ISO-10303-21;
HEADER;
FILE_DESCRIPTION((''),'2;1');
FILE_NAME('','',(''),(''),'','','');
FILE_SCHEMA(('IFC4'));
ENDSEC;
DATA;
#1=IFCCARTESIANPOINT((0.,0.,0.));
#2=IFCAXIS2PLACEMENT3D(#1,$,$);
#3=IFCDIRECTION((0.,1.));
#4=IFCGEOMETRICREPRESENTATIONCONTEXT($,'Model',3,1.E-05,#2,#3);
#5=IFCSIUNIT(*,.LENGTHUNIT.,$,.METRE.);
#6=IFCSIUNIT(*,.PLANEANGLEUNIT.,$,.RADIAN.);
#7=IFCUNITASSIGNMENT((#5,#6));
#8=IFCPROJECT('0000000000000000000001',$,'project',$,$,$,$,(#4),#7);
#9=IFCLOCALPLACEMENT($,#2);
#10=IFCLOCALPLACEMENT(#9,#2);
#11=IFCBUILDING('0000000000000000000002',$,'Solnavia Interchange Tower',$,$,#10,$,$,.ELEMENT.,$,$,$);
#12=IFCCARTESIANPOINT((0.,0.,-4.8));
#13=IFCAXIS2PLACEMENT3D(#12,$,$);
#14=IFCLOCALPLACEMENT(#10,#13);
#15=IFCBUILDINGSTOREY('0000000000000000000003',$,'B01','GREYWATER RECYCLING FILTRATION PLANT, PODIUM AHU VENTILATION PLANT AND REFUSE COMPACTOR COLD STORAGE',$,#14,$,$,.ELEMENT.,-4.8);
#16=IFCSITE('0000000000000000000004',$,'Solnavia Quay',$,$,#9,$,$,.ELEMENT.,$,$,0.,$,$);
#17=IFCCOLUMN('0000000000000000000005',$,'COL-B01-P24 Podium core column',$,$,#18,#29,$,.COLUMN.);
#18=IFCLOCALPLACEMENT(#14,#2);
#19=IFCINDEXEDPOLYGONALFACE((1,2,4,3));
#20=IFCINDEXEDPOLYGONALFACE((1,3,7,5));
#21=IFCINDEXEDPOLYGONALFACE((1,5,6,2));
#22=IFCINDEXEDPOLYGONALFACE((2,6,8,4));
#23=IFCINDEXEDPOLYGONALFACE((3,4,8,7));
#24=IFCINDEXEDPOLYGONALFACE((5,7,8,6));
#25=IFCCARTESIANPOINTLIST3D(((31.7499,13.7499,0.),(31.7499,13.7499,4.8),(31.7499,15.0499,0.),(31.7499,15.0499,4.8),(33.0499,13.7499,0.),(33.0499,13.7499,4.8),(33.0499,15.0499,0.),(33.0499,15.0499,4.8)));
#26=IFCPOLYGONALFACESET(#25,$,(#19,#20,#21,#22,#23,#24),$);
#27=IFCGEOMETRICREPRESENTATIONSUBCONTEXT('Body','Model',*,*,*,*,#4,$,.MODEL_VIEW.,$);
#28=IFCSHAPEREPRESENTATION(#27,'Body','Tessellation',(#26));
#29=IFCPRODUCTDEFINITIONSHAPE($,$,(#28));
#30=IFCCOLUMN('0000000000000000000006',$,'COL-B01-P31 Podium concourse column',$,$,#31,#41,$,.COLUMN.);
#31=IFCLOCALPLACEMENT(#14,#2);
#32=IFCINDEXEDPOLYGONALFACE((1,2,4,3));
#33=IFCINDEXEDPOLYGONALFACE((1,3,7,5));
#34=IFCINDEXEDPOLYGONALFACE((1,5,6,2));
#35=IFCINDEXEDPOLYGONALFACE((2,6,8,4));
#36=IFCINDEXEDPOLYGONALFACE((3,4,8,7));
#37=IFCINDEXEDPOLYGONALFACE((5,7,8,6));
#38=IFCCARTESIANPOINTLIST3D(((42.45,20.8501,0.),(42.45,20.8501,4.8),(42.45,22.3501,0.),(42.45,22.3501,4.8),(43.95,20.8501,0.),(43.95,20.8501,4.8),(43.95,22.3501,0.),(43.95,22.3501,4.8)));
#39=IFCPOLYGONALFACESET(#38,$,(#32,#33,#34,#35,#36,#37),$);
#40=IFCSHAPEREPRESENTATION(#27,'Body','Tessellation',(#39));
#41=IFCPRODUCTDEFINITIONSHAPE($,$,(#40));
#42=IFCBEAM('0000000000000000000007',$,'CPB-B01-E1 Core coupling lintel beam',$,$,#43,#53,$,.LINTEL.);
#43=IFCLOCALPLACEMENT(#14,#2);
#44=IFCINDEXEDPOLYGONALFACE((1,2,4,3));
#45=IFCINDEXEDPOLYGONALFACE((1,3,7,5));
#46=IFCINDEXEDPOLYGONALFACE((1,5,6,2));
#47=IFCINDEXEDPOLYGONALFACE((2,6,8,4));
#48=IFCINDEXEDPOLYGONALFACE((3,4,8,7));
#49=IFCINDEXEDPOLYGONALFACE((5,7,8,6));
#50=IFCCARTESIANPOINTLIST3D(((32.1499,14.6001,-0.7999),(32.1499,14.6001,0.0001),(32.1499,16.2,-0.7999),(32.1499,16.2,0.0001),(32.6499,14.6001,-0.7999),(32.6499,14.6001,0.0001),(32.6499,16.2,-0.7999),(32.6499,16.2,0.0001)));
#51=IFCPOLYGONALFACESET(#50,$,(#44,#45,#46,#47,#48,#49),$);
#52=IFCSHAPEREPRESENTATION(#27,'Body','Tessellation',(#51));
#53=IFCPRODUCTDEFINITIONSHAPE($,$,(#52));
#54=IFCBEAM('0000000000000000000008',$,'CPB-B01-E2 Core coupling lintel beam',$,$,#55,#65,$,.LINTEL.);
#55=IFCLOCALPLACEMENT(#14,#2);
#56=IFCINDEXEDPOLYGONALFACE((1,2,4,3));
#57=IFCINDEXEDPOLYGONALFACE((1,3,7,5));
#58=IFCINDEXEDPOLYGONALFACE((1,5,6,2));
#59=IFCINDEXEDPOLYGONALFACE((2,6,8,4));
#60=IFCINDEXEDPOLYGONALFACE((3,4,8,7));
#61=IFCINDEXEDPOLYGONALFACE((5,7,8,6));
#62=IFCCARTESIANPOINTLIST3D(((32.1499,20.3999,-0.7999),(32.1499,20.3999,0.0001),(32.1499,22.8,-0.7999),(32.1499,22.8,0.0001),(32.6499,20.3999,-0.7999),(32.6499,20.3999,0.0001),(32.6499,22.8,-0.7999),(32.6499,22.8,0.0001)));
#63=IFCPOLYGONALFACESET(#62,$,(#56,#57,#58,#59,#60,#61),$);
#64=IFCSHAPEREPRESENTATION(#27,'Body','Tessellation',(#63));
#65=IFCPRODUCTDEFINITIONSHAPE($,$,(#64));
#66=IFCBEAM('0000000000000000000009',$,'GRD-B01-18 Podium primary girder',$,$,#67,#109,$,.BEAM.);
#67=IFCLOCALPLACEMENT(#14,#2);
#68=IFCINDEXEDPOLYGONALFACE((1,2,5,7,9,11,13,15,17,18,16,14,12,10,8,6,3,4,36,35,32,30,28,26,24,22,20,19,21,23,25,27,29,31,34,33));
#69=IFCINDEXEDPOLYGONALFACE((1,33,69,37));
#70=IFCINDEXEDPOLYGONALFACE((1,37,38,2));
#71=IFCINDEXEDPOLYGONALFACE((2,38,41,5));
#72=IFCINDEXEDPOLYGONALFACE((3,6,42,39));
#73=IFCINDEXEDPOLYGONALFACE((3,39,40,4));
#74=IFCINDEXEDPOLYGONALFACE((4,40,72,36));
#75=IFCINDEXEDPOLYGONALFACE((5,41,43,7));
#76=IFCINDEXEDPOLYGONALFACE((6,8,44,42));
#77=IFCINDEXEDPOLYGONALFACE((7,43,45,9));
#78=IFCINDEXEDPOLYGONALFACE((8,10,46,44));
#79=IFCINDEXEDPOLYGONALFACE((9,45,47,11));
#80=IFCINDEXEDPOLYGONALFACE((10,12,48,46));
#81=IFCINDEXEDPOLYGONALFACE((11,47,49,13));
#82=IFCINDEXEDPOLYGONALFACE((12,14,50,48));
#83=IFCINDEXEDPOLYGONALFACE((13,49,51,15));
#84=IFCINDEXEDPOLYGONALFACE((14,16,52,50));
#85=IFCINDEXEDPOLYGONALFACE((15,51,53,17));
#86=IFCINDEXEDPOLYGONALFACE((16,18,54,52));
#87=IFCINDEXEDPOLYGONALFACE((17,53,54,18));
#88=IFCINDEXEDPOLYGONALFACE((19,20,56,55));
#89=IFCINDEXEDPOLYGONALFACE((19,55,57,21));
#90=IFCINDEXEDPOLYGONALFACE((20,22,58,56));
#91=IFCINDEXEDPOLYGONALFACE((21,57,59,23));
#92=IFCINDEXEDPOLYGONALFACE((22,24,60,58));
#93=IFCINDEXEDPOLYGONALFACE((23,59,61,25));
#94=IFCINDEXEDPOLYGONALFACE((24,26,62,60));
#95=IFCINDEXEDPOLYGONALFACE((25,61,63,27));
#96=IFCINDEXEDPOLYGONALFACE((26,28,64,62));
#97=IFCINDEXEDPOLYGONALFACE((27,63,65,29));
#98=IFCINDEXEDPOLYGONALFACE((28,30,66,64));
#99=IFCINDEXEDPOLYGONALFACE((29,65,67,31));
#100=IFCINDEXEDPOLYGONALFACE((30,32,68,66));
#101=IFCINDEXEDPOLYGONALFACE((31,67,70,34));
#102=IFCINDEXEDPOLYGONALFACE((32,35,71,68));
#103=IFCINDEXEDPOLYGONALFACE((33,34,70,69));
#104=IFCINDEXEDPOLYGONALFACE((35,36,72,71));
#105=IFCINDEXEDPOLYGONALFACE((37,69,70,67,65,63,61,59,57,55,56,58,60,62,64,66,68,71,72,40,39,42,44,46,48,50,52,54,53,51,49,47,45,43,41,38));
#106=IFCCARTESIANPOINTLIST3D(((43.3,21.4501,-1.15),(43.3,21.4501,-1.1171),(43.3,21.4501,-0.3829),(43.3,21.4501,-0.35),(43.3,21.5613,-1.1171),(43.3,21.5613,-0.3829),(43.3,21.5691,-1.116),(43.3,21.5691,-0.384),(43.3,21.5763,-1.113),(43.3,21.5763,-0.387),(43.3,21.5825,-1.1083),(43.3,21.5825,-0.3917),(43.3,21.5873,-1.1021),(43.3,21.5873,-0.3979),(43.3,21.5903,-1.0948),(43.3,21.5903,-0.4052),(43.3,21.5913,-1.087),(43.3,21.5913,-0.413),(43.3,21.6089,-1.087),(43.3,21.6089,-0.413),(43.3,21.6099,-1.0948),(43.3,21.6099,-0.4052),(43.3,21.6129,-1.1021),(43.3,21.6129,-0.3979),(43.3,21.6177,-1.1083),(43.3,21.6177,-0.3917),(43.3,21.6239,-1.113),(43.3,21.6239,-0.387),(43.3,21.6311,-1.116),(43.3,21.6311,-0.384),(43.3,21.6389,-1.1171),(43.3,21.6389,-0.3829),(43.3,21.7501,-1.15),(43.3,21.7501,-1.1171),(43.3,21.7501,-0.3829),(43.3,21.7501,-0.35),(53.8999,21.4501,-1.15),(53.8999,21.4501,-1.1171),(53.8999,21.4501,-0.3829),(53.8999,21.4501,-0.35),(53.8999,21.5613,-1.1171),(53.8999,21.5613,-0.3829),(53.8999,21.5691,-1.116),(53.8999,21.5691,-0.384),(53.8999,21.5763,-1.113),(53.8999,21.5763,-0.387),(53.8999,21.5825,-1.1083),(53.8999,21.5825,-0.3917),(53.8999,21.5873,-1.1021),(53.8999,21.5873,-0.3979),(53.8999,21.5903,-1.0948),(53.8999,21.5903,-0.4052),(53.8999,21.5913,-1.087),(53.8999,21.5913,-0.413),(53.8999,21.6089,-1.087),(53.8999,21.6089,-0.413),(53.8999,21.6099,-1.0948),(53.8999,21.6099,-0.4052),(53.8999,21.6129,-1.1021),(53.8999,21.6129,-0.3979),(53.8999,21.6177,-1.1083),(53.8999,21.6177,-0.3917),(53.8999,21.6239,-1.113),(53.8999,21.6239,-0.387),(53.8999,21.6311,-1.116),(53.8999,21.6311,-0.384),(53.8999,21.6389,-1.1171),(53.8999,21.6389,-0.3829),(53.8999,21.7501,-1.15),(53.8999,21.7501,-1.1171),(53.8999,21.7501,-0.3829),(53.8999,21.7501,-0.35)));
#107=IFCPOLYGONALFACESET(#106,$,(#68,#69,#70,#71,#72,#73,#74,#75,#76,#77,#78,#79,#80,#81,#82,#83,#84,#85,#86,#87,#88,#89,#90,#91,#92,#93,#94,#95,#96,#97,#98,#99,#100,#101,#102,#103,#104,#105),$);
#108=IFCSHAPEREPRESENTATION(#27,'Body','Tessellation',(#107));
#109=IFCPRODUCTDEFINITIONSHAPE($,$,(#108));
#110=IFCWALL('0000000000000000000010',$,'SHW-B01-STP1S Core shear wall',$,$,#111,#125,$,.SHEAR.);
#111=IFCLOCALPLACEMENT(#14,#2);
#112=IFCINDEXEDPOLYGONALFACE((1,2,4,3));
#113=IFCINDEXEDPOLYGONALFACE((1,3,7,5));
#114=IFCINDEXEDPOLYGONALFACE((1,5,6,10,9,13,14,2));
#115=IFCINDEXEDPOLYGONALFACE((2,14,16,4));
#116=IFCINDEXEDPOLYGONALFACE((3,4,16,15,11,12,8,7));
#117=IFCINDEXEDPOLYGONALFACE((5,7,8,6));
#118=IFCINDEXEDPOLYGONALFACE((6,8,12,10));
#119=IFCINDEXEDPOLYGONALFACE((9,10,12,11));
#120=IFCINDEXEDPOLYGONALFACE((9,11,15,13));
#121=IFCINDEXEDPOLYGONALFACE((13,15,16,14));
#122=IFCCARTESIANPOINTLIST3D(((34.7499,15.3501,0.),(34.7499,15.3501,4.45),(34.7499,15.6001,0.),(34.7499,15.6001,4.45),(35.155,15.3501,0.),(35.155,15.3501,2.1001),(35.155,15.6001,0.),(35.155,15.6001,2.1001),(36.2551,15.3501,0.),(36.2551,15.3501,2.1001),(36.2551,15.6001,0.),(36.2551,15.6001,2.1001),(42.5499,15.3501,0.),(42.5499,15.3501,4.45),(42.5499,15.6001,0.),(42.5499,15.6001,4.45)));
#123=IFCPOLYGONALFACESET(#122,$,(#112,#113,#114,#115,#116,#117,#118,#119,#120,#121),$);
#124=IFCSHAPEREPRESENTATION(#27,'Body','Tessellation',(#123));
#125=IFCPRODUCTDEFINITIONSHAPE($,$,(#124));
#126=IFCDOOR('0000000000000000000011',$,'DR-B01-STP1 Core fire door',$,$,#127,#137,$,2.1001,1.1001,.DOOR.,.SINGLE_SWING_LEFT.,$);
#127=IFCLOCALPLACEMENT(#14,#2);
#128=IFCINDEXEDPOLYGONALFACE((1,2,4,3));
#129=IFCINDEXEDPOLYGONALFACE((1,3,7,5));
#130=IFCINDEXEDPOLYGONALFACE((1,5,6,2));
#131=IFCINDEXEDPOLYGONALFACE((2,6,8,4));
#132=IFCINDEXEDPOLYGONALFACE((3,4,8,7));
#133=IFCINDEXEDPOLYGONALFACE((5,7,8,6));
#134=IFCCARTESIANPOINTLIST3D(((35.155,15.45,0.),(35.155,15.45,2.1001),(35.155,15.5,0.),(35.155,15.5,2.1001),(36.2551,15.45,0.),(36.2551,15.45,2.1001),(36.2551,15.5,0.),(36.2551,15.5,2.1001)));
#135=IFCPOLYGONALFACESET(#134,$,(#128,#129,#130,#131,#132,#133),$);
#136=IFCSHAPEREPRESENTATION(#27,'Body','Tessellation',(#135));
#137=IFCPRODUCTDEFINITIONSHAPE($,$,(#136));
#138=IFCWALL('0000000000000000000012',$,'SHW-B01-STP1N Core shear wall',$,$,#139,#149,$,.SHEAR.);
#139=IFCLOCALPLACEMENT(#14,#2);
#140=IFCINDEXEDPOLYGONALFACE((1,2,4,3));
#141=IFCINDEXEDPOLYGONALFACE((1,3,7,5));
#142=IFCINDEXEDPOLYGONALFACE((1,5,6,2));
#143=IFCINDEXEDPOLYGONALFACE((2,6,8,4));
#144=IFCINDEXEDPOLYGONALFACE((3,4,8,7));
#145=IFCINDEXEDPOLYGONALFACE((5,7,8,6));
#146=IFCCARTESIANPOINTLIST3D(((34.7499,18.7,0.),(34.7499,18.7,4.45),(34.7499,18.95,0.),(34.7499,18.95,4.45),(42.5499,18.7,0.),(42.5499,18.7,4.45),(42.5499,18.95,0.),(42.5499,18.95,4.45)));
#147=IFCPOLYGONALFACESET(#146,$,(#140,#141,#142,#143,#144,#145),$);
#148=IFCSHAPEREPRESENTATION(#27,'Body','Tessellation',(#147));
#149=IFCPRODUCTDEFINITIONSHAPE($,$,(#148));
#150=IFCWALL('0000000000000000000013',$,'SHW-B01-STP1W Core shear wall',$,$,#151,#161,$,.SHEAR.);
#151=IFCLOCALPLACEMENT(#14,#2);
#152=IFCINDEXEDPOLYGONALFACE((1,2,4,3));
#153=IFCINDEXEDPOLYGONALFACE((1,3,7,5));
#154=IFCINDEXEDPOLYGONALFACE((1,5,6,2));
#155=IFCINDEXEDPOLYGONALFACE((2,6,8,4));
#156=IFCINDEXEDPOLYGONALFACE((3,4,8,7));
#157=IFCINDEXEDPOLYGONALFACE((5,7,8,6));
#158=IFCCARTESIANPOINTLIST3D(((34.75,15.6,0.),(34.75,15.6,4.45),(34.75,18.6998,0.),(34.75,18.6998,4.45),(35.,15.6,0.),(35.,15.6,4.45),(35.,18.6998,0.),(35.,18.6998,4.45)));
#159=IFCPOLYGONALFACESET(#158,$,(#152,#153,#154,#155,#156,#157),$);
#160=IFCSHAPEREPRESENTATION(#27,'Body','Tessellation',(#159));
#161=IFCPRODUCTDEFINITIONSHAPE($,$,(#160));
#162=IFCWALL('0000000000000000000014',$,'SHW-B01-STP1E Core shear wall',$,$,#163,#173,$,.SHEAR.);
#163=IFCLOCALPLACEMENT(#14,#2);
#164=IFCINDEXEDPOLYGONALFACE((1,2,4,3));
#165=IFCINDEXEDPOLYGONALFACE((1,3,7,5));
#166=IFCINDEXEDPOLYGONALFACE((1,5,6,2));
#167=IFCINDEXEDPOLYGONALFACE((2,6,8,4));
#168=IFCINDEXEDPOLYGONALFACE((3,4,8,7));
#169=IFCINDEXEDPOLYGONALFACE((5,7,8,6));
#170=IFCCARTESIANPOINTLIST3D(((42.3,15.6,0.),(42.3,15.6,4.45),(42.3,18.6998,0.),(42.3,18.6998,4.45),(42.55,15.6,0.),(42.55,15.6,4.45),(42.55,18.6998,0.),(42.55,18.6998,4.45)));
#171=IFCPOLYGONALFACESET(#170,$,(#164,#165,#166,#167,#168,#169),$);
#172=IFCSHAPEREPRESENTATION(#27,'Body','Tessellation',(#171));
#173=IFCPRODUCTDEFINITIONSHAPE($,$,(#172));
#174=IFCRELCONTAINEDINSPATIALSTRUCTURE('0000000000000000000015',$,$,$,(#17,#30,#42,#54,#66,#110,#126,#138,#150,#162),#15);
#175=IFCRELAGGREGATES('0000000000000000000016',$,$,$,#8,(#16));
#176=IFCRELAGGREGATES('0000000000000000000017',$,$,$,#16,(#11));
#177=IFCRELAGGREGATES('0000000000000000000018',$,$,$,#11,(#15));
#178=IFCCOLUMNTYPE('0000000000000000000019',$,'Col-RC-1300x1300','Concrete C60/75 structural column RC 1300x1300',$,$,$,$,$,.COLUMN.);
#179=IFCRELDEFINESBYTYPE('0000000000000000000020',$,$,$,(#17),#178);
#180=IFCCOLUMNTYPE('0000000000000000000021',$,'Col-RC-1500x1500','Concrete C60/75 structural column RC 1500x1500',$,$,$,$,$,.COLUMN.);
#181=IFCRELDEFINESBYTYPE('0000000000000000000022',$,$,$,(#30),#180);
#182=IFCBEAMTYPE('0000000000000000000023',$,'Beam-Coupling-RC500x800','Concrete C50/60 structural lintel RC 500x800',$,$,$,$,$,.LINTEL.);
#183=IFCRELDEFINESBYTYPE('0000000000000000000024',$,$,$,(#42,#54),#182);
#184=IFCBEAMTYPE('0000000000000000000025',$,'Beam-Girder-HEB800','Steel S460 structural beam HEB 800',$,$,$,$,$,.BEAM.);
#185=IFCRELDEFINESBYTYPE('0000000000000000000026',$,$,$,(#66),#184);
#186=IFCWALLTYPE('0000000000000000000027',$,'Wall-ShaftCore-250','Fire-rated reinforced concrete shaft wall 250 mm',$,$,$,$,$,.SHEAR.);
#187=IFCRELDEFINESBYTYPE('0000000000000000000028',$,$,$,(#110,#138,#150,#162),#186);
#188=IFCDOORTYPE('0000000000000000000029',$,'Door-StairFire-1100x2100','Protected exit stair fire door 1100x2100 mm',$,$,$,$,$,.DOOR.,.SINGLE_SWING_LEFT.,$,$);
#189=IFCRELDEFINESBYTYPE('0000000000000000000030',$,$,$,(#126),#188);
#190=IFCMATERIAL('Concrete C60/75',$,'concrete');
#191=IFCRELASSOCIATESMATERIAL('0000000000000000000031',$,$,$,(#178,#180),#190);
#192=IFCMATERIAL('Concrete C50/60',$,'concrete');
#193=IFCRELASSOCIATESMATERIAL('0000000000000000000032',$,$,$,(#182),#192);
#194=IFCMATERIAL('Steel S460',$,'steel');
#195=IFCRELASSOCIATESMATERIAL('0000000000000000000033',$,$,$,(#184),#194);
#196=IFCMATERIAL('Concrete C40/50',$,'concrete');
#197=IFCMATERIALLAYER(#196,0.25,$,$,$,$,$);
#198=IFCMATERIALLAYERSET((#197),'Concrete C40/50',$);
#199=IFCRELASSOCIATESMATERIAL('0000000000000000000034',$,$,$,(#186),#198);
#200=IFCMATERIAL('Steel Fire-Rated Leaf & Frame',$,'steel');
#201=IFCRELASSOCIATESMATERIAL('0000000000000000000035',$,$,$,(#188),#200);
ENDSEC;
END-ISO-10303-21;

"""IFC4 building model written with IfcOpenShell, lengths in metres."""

from ifc_helpers import new_model, si_unit, direction, frame, frame_2d, origin, origin_2d, place, context, subcontext, project, spatial, rectangle, i_section, extrude, material, layer, layer_set, material_profile, profile_set, type_object, element, fill, save


model = new_model("IFC4")

# Units and contexts
model_context = context("Model", 3, precision=1e-05, world=origin(), true_north=direction((0.0, 1.0)))
body_context = subcontext(model_context, "Body", "Model", "MODEL_VIEW")
ifc_project = project(units=[si_unit("LENGTHUNIT", "METRE"), si_unit("PLANEANGLEUNIT", "RADIAN")], contexts=[model_context])

# Site, building, storey
site_placement = place(None, origin())
site = spatial("IfcSite", under=ifc_project, at=site_placement, Name="Solnavia Quay", CompositionType="ELEMENT", RefElevation=0.0)
building_placement = place(site_placement, origin())
building = spatial("IfcBuilding", under=site, at=building_placement, Name="Solnavia Interchange Tower", CompositionType="ELEMENT")
storey_placement = place(building_placement, frame((0.0, 0.0, -4.8)))
storey = spatial("IfcBuildingStorey", under=building, at=storey_placement, Name="B01", Description="GREYWATER RECYCLING FILTRATION PLANT, PODIUM AHU VENTILATION PLANT AND REFUSE COMPACTOR COLD STORAGE", CompositionType="ELEMENT", Elevation=-4.8)

# Columns
ifc_material_1 = material(Name="Concrete C60/75", Category="concrete")
ifc_material_profile_1 = material_profile(ifc_material_1, rectangle(XDim=1.3, YDim=1.3, at=origin_2d()), Name="RC 1300x1300")
ifc_profile_set_1 = profile_set([ifc_material_profile_1], Name="Concrete C60/75")
column_type_1 = type_object("IfcColumnType", Name="Col-RC-1300x1300", Description="Concrete C60/75 structural column RC 1300x1300", PredefinedType="COLUMN", material=ifc_profile_set_1)
column_1_placement = place(storey_placement, frame((32.3999, 14.3999, 0.0), z_axis=(0.0, 0.0, 1.0), x_axis=(1.0, 0.0, 0.0)))
element("IfcColumn", 1, at=column_1_placement, inside=storey, type_object=column_type_1, Name="COL-B01-P24 Podium core column", PredefinedType="COLUMN", context=body_context, shape_type="SweptSolid", body=[
    extrude(rectangle(XDim=1.3, YDim=1.3, at=origin_2d()), origin(), (0.0, 0.0, 1.0), 4.8),
])
ifc_material_profile_2 = material_profile(ifc_material_1, rectangle(XDim=1.5, YDim=1.5, at=origin_2d()), Name="RC 1500x1500")
ifc_profile_set_2 = profile_set([ifc_material_profile_2], Name="Concrete C60/75")
column_type_2 = type_object("IfcColumnType", Name="Col-RC-1500x1500", Description="Concrete C60/75 structural column RC 1500x1500", PredefinedType="COLUMN", material=ifc_profile_set_2)
column_2_placement = place(storey_placement, frame((43.2, 21.6001, 0.0), z_axis=(0.0, 0.0, 1.0), x_axis=(1.0, 0.0, 0.0)))
element("IfcColumn", 2, at=column_2_placement, inside=storey, type_object=column_type_2, Name="COL-B01-P31 Podium concourse column", PredefinedType="COLUMN", context=body_context, shape_type="SweptSolid", body=[
    extrude(rectangle(XDim=1.5, YDim=1.5, at=origin_2d()), origin(), (0.0, 0.0, 1.0), 4.8),
])

# Beams
ifc_material_2 = material(Name="Concrete C50/60", Category="concrete")
ifc_material_profile_3 = material_profile(ifc_material_2, rectangle(XDim=0.5, YDim=0.8, at=origin_2d()), Name="RC 500x800")
ifc_profile_set_3 = profile_set([ifc_material_profile_3], Name="Concrete C50/60")
beam_type_1 = type_object("IfcBeamType", Name="Beam-Coupling-RC500x800", Description="Concrete C50/60 structural lintel RC 500x800", PredefinedType="LINTEL", material=ifc_profile_set_3)
beam_1_placement = place(storey_placement, frame((32.3999, 14.6001, -0.3999), z_axis=(0.0, 1.0, 0.0), x_axis=(-1.0, 0.0, 0.0)))
element("IfcBeam", 3, at=beam_1_placement, inside=storey, type_object=beam_type_1, Name="CPB-B01-E1 Core coupling lintel beam", PredefinedType="LINTEL", context=body_context, shape_type="SweptSolid", body=[
    extrude(rectangle(XDim=0.5, YDim=0.8, at=origin_2d()), origin(), (0.0, 0.0, 1.0), 1.5999),
])
beam_2_placement = place(storey_placement, frame((32.3999, 20.3999, -0.3999), z_axis=(0.0, 1.0, 0.0), x_axis=(-1.0, 0.0, 0.0)))
element("IfcBeam", 4, at=beam_2_placement, inside=storey, type_object=beam_type_1, Name="CPB-B01-E2 Core coupling lintel beam", PredefinedType="LINTEL", context=body_context, shape_type="SweptSolid", body=[
    extrude(rectangle(XDim=0.5, YDim=0.8, at=origin_2d()), origin(), (0.0, 0.0, 1.0), 2.4001),
])
ifc_material_3 = material(Name="Steel S460", Category="steel")
ifc_material_profile_4 = material_profile(ifc_material_3, i_section(OverallWidth=0.3, OverallDepth=0.8, WebThickness=0.0176, FlangeThickness=0.033, FilletRadius=0.03, at=origin_2d()), Name="HEB 800")
ifc_profile_set_4 = profile_set([ifc_material_profile_4], Name="Steel S460")
beam_type_2 = type_object("IfcBeamType", Name="Beam-Girder-HEB800", Description="Steel S460 structural beam HEB 800", PredefinedType="BEAM", material=ifc_profile_set_4)
beam_3_placement = place(storey_placement, frame((43.3, 21.6001, -0.75), z_axis=(1.0, 0.0, 0.0), x_axis=(0.0, 1.0, 0.0)))
element("IfcBeam", 5, at=beam_3_placement, inside=storey, type_object=beam_type_2, Name="GRD-B01-18 Podium primary girder", PredefinedType="BEAM", context=body_context, shape_type="SweptSolid", body=[
    extrude(i_section(OverallWidth=0.3, OverallDepth=0.8, WebThickness=0.0176, FlangeThickness=0.033, FilletRadius=0.03, at=origin_2d()), origin(), (0.0, 0.0, 1.0), 10.5999),
])

# Wall, opening, door
ifc_material_4 = material(Name="Concrete C40/50", Category="concrete")
ifc_layer_1 = layer(ifc_material_4, 0.25)
ifc_layer_set_1 = layer_set([ifc_layer_1], Name="Concrete C40/50")
wall_type_1 = type_object("IfcWallType", Name="Wall-ShaftCore-250", Description="Fire-rated reinforced concrete shaft wall 250 mm", PredefinedType="SHEAR", material=ifc_layer_set_1)
wall_1_placement = place(storey_placement, frame((34.75, 15.4751, 0.0), z_axis=(0.0, 0.0, 1.0), x_axis=(1.0, 0.0, 0.0)))
wall_1 = element("IfcWall", 6, at=wall_1_placement, inside=storey, type_object=wall_type_1, Name="SHW-B01-STP1S Core shear wall", PredefinedType="SHEAR", context=body_context, shape_type="SweptSolid", body=[
    extrude(rectangle(XDim=7.8, YDim=0.25, at=frame_2d((3.8999, 0.0))), origin(), (0.0, 0.0, 1.0), 4.45),
])
opening_1_placement = place(wall_1_placement, frame((0.405, 0.0, 0.0)))
opening_1 = element("IfcOpeningElement", 7, at=opening_1_placement, cuts=wall_1, PredefinedType="OPENING", context=body_context, shape_type="SweptSolid", body=[
    extrude(rectangle(XDim=1.1001, YDim=2.1001, at=frame_2d((0.55, 1.05))), frame((0.0, 0.135, 0.0), z_axis=(0.0, -1.0, 0.0), x_axis=(1.0, 0.0, 0.0)), (0.0, 0.0, 1.0), 0.27),
])
ifc_material_5 = material(Name="Steel Fire-Rated Leaf & Frame", Category="steel")
door_type_1 = type_object("IfcDoorType", Name="Door-StairFire-1100x2100", Description="Protected exit stair fire door 1100x2100 mm", OperationType="SINGLE_SWING_LEFT", PredefinedType="DOOR", material=ifc_material_5)
door_1_placement = place(opening_1_placement, origin())
door_1 = element("IfcDoor", 8, at=door_1_placement, inside=storey, type_object=door_type_1, Name="DR-B01-STP1 Core fire door", OperationType="SINGLE_SWING_LEFT", OverallHeight=2.1001, OverallWidth=1.1001, PredefinedType="DOOR", context=body_context, shape_type="SweptSolid", body=[
    extrude(rectangle(XDim=1.1001, YDim=2.1001, at=frame_2d((0.55, 1.05))), frame((0.0, 0.0249, 0.0), z_axis=(0.0, -1.0, 0.0), x_axis=(1.0, 0.0, 0.0)), (0.0, 0.0, 1.0), 0.05),
])
fill(opening_1, door_1)

# Walls
wall_2_placement = place(storey_placement, frame((34.75, 18.825, 0.0), z_axis=(0.0, 0.0, 1.0), x_axis=(1.0, 0.0, 0.0)))
element("IfcWall", 9, at=wall_2_placement, inside=storey, type_object=wall_type_1, Name="SHW-B01-STP1N Core shear wall", PredefinedType="SHEAR", context=body_context, shape_type="SweptSolid", body=[
    extrude(rectangle(XDim=7.8, YDim=0.25, at=frame_2d((3.8999, 0.0))), origin(), (0.0, 0.0, 1.0), 4.45),
])
for number, where, z_axis, x_axis, name in (
    (10, (34.875, 15.6001, 0.0), (0.0, 0.0, 1.0), (0.0, 1.0, 0.0), "SHW-B01-STP1W Core shear wall"),
    (11, (42.425, 15.6001, 0.0), (0.0, 0.0, 1.0), (0.0, 1.0, 0.0), "SHW-B01-STP1E Core shear wall"),
):
    element("IfcWall", number, at=place(storey_placement, frame(where, z_axis=z_axis, x_axis=x_axis)), inside=storey, type_object=wall_type_1, Name=name, PredefinedType="SHEAR", context=body_context, shape_type="SweptSolid", body=[
        extrude(rectangle(XDim=3.0999, YDim=0.25, at=frame_2d((1.5498, 0.0))), origin(), (0.0, 0.0, 1.0), 4.45),
    ])

save(model, "model.ifc")
